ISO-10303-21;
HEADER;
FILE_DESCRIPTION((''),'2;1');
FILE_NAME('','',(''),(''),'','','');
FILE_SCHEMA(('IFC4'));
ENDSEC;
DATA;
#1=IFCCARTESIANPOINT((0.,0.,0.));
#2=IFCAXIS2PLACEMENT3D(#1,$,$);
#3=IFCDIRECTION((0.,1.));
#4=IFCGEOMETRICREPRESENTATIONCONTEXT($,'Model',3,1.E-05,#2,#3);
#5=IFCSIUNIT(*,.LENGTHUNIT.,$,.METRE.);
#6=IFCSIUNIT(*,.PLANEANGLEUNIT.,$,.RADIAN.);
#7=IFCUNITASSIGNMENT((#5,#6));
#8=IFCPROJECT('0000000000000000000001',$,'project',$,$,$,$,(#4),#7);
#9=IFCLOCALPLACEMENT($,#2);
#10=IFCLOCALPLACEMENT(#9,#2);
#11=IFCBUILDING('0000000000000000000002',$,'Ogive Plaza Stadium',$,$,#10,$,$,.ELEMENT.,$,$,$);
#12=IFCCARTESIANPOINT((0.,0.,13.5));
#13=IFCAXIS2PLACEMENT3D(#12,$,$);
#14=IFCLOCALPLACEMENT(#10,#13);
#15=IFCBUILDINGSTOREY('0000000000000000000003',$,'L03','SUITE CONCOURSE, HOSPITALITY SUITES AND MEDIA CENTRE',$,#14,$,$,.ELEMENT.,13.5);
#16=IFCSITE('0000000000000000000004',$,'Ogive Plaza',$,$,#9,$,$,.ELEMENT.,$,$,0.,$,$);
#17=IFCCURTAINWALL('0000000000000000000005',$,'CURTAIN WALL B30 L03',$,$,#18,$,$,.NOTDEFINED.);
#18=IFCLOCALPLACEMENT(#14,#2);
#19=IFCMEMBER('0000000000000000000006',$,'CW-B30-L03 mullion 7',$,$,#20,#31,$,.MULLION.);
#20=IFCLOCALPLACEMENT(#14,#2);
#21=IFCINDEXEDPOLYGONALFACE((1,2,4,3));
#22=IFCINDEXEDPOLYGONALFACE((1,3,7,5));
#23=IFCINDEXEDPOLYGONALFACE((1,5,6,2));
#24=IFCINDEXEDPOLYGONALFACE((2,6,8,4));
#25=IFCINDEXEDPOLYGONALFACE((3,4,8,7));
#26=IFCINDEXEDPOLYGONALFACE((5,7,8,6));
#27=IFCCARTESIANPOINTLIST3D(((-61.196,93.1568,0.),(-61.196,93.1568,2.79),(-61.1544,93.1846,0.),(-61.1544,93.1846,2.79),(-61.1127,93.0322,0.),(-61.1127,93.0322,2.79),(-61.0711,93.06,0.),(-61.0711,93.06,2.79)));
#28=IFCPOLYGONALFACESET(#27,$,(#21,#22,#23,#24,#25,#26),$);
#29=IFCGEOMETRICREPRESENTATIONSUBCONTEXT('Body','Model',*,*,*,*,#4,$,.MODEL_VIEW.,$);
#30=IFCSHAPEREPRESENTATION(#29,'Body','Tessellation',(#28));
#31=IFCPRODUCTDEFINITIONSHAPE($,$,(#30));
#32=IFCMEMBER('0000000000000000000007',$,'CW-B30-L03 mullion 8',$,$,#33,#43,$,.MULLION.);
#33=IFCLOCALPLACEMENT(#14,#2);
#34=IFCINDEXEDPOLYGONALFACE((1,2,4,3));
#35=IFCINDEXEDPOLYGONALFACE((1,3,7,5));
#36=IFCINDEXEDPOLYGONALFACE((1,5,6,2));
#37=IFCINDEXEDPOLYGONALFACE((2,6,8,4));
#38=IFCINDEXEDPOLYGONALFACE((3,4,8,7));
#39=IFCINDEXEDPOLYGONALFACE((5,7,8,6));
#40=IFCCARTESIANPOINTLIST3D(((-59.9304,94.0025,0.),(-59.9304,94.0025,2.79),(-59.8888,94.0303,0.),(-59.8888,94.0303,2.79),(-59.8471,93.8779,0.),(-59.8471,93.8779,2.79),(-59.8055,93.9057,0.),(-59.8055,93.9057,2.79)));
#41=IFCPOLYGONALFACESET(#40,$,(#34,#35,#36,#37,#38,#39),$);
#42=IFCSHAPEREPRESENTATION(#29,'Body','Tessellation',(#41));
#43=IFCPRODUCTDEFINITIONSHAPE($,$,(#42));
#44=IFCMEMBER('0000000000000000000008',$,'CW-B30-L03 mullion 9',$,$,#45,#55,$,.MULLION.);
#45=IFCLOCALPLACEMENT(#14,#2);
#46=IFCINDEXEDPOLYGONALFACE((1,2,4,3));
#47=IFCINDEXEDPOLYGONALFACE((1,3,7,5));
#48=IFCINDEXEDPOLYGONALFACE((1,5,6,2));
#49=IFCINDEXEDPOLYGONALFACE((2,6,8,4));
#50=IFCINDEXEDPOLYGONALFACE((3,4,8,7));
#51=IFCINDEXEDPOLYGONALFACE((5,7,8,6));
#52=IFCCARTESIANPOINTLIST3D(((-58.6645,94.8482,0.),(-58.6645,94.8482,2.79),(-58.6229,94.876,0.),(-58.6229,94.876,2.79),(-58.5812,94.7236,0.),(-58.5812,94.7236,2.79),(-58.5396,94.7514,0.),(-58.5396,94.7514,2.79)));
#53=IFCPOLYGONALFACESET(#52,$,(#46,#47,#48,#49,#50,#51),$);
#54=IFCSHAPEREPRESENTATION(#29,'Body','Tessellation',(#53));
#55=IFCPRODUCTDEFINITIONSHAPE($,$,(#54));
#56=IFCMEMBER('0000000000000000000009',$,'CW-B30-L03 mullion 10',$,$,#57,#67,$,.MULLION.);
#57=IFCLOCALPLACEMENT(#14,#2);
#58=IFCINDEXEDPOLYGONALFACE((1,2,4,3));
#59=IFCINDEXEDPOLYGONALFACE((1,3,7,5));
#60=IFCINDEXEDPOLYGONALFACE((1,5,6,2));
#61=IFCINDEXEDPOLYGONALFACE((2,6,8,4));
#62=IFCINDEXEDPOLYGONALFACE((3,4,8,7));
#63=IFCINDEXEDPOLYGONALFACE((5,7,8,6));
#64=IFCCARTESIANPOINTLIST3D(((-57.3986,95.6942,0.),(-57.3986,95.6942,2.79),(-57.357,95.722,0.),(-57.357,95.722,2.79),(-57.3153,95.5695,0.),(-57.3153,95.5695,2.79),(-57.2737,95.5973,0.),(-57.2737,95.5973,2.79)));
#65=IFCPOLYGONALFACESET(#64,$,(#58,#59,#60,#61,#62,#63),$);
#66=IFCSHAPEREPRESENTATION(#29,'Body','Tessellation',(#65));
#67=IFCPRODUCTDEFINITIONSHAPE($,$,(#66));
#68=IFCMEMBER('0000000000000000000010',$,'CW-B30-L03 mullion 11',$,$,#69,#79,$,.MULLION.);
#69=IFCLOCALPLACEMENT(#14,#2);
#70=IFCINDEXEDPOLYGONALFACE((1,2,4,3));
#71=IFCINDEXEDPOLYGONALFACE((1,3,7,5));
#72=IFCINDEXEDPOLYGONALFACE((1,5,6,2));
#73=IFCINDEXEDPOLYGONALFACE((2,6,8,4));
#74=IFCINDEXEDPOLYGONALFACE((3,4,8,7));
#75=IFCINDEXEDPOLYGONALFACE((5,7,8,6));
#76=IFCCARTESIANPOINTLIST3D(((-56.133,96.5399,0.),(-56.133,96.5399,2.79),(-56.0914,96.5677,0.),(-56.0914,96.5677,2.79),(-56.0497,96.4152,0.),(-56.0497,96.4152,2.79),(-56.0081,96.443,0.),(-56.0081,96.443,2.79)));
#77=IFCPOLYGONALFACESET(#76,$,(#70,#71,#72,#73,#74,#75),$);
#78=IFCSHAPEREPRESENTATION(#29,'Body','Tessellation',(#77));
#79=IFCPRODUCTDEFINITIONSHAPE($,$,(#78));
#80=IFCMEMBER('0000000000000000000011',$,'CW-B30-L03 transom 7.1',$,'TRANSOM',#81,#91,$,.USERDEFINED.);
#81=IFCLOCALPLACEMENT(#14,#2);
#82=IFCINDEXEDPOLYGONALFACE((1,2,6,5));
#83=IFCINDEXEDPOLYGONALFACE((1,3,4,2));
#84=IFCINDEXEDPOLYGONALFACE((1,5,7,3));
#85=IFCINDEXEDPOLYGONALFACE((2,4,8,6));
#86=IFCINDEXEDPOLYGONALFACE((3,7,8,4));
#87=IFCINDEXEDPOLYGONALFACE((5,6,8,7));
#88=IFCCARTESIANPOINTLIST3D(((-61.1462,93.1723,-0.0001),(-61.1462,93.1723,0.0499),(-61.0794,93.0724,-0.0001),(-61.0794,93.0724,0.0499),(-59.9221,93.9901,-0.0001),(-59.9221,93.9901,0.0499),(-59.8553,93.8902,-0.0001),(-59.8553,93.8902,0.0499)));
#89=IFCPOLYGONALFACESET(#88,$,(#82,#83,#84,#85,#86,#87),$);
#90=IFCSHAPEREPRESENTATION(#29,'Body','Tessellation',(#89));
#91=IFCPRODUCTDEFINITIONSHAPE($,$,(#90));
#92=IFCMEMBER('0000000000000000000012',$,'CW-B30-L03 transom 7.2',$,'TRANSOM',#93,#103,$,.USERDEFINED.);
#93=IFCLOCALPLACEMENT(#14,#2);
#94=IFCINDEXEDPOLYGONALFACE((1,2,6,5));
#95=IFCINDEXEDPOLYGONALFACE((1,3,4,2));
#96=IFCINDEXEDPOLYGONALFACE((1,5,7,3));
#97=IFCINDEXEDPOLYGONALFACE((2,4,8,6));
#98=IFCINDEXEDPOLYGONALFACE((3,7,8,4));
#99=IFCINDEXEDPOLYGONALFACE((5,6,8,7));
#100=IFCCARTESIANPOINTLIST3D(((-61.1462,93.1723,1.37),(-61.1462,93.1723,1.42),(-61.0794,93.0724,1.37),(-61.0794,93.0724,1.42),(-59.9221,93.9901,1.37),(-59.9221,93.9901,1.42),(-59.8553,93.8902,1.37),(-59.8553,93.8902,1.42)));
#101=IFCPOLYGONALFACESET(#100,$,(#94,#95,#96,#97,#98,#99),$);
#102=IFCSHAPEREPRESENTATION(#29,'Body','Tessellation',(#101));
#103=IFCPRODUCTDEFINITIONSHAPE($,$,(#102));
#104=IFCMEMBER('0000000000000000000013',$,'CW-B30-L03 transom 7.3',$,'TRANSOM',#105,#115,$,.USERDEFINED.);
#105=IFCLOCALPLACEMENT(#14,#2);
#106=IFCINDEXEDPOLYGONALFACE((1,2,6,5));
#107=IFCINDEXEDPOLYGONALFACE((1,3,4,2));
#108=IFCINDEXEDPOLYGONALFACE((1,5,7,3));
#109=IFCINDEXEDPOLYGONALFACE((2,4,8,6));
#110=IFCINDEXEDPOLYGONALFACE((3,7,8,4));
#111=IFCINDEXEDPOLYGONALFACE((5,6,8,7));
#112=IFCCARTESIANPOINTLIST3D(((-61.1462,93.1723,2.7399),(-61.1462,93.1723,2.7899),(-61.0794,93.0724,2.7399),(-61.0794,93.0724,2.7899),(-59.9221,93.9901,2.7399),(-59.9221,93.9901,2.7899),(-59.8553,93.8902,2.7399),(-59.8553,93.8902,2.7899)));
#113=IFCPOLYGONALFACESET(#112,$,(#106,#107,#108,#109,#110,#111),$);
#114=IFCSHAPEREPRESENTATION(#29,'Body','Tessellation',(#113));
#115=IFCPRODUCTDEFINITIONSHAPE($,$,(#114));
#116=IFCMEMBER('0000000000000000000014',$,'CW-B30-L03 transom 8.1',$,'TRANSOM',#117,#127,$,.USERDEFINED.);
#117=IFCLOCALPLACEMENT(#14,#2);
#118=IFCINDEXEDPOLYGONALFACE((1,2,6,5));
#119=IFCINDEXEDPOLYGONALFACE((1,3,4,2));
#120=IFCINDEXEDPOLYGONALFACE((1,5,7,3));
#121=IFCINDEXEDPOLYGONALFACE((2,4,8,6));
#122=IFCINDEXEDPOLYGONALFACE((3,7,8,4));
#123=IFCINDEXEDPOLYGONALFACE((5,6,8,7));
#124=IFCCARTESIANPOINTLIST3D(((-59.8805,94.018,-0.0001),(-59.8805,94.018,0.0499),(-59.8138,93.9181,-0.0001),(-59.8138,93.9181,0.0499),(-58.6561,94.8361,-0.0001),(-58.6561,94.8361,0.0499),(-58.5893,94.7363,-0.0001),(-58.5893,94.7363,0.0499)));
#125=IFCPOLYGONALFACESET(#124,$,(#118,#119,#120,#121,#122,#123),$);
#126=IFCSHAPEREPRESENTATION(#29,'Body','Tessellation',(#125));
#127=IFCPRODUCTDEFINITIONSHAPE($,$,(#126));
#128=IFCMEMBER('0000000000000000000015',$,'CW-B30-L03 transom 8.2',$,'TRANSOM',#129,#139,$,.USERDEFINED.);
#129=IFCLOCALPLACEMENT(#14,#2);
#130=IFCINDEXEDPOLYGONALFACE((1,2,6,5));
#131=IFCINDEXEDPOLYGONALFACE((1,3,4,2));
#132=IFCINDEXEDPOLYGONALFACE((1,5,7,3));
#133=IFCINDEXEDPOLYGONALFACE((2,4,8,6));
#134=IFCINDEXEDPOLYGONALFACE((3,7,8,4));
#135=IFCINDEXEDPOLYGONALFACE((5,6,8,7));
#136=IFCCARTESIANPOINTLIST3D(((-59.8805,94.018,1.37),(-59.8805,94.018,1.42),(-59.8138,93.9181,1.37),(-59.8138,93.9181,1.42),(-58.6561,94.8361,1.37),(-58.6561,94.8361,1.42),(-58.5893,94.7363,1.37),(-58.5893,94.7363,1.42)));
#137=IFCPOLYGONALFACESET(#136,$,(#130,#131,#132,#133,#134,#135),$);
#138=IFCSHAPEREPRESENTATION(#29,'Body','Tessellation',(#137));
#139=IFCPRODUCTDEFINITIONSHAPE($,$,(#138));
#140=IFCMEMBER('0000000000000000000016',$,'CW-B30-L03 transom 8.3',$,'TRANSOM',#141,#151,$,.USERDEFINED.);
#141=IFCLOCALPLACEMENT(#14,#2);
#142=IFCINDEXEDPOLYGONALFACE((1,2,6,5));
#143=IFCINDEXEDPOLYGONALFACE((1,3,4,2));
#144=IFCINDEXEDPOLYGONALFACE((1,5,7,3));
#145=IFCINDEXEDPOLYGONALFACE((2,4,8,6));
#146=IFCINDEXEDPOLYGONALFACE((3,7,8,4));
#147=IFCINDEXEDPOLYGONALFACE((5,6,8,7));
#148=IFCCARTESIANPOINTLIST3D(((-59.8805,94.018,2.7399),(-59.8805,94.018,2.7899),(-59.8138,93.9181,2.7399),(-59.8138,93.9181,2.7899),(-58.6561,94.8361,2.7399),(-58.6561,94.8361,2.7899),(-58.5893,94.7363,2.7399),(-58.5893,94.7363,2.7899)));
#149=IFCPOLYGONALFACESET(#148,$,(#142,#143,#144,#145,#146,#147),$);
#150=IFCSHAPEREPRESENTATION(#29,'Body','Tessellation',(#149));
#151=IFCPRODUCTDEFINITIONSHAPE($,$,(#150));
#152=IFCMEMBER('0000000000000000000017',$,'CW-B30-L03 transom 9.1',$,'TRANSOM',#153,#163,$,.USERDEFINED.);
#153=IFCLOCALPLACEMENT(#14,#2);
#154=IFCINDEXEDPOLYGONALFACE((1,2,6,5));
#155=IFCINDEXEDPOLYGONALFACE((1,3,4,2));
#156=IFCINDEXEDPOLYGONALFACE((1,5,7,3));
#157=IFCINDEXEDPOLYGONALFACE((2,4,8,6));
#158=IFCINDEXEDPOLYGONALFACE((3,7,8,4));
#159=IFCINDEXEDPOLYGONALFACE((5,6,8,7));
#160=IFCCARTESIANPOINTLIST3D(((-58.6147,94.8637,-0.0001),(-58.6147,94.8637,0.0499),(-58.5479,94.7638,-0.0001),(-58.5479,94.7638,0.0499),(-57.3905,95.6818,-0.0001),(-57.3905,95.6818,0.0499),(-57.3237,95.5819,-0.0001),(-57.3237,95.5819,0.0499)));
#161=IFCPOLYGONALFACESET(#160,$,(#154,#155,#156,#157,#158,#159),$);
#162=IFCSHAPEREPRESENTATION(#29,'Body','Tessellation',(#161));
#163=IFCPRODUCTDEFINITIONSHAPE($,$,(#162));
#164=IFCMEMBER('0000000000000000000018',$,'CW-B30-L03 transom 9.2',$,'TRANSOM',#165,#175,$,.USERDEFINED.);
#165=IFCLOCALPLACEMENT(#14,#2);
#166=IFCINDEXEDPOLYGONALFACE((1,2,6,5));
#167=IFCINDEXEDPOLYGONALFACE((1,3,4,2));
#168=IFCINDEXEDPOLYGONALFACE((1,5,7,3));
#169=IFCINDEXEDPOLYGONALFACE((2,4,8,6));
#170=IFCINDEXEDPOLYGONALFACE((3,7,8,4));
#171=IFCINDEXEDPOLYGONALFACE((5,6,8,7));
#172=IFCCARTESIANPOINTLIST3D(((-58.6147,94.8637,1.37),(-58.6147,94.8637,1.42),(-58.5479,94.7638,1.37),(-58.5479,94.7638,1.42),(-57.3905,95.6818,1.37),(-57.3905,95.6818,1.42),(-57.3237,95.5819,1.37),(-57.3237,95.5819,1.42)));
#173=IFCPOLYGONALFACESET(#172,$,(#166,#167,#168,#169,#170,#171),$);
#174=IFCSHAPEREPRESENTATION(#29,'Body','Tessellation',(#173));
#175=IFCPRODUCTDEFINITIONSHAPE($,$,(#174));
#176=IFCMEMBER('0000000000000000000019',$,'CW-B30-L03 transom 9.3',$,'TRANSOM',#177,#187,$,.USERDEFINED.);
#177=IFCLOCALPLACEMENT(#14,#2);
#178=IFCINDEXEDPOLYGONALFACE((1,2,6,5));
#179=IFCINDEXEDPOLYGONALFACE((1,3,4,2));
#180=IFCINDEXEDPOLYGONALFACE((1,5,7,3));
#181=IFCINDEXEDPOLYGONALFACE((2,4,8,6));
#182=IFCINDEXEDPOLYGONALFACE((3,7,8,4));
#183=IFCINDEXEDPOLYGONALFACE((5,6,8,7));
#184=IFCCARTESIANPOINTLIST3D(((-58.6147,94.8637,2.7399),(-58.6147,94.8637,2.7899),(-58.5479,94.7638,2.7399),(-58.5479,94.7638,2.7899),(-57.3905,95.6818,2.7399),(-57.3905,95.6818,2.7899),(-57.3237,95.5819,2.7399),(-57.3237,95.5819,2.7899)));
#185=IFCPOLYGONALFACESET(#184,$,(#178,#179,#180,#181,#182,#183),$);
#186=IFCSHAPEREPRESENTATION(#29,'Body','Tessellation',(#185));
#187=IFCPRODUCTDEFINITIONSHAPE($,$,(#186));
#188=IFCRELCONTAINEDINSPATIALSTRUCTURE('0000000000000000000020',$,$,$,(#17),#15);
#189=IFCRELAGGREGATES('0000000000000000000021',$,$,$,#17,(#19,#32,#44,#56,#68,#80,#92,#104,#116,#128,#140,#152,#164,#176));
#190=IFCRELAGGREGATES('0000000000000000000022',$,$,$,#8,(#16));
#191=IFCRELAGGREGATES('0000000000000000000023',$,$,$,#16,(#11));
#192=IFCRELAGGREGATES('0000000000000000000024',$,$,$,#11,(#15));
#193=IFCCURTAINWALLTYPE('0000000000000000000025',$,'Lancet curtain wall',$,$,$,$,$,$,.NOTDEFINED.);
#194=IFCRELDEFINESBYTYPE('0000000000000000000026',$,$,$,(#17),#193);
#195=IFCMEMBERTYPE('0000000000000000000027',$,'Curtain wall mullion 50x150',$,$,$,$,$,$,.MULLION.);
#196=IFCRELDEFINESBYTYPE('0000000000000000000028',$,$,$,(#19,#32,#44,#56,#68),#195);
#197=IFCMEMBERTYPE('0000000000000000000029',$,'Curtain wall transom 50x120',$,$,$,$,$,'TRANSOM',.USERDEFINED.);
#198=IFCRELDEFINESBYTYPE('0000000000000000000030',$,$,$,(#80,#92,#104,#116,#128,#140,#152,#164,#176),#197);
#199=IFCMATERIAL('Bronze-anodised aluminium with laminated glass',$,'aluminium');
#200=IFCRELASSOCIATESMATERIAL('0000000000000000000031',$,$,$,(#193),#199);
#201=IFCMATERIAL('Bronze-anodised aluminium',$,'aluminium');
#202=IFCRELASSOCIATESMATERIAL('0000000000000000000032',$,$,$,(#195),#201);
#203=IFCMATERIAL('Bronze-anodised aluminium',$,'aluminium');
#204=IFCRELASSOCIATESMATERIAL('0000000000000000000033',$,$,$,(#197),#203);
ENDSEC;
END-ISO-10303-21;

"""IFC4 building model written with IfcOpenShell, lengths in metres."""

from ifc_helpers import new_model, si_unit, direction, frame, origin, origin_2d, place, context, subcontext, project, spatial, rectangle, extrude, material, material_profile, profile_set, type_object, element, aggregate, save


model = new_model("IFC4")

# Units and contexts
model_context = context("Model", 3, precision=1e-05, world=origin(), true_north=direction((0.0, 1.0)))
body_context = subcontext(model_context, "Body", "Model", "MODEL_VIEW")
ifc_project = project(units=[si_unit("LENGTHUNIT", "METRE"), si_unit("PLANEANGLEUNIT", "RADIAN")], contexts=[model_context])

# Site, building, storey
site_placement = place(None, origin())
site = spatial("IfcSite", under=ifc_project, at=site_placement, Name="Ogive Plaza", CompositionType="ELEMENT", RefElevation=0.0)
building_placement = place(site_placement, origin())
building = spatial("IfcBuilding", under=site, at=building_placement, Name="Ogive Plaza Stadium", CompositionType="ELEMENT")
storey_placement = place(building_placement, frame((0.0, 0.0, 13.5)))
storey = spatial("IfcBuildingStorey", under=building, at=storey_placement, Name="L03", Description="SUITE CONCOURSE, HOSPITALITY SUITES AND MEDIA CENTRE", CompositionType="ELEMENT", Elevation=13.5)

# Curtain wall, members
ifc_material_1 = material(Name="Bronze-anodised aluminium with laminated glass", Category="aluminium")
curtain_wall_type = type_object("IfcCurtainWallType", Name="Lancet curtain wall", PredefinedType="NOTDEFINED", material=ifc_material_1)
curtain_wall_placement = place(storey_placement, origin())
curtain_wall = element("IfcCurtainWall", 1, at=curtain_wall_placement, inside=storey, type_object=curtain_wall_type, Name="CURTAIN WALL B30 L03", PredefinedType="NOTDEFINED")
ifc_material_2 = material(Name="Bronze-anodised aluminium", Category="aluminium")
ifc_material_profile_1 = material_profile(ifc_material_2, rectangle(XDim=0.1499, YDim=0.05, at=origin_2d()), Name="AL 150x50")
ifc_profile_set_1 = profile_set([ifc_material_profile_1], Name="Bronze-anodised aluminium")
member_type_1 = type_object("IfcMemberType", Name="Curtain wall mullion 50x150", PredefinedType="MULLION", material=ifc_profile_set_1)
member_1_placement = place(storey_placement, frame((-61.1335, 93.1084, 0.0), z_axis=(0.0, 0.0, 1.0), x_axis=(-0.55557, 0.83147, 0.0)))
member_1 = element("IfcMember", 2, at=member_1_placement, type_object=member_type_1, Name="CW-B30-L03 mullion 7", PredefinedType="MULLION", context=body_context, shape_type="SweptSolid", body=[
    extrude(rectangle(XDim=0.1499, YDim=0.05, at=origin_2d()), origin(), (0.0, 0.0, 1.0), 2.79),
])
member_2_placement = place(storey_placement, frame((-59.8679, 93.9541, 0.0), z_axis=(0.0, 0.0, 1.0), x_axis=(-0.55557, 0.83147, 0.0)))
member_2 = element("IfcMember", 3, at=member_2_placement, type_object=member_type_1, Name="CW-B30-L03 mullion 8", PredefinedType="MULLION", context=body_context, shape_type="SweptSolid", body=[
    extrude(rectangle(XDim=0.1499, YDim=0.05, at=origin_2d()), origin(), (0.0, 0.0, 1.0), 2.79),
])
member_3_placement = place(storey_placement, frame((-58.6021, 94.7998, 0.0), z_axis=(0.0, 0.0, 1.0), x_axis=(-0.55557, 0.83147, 0.0)))
member_3 = element("IfcMember", 4, at=member_3_placement, type_object=member_type_1, Name="CW-B30-L03 mullion 9", PredefinedType="MULLION", context=body_context, shape_type="SweptSolid", body=[
    extrude(rectangle(XDim=0.1499, YDim=0.05, at=origin_2d()), origin(), (0.0, 0.0, 1.0), 2.79),
])
member_4_placement = place(storey_placement, frame((-57.3362, 95.6458, 0.0), z_axis=(0.0, 0.0, 1.0), x_axis=(-0.55557, 0.83147, 0.0)))
member_4 = element("IfcMember", 5, at=member_4_placement, type_object=member_type_1, Name="CW-B30-L03 mullion 10", PredefinedType="MULLION", context=body_context, shape_type="SweptSolid", body=[
    extrude(rectangle(XDim=0.1499, YDim=0.05, at=origin_2d()), origin(), (0.0, 0.0, 1.0), 2.79),
])
member_5_placement = place(storey_placement, frame((-56.0706, 96.4915, 0.0), z_axis=(0.0, 0.0, 1.0), x_axis=(-0.55557, 0.83147, 0.0)))
member_5 = element("IfcMember", 6, at=member_5_placement, type_object=member_type_1, Name="CW-B30-L03 mullion 11", PredefinedType="MULLION", context=body_context, shape_type="SweptSolid", body=[
    extrude(rectangle(XDim=0.1499, YDim=0.05, at=origin_2d()), origin(), (0.0, 0.0, 1.0), 2.79),
])
ifc_material_3 = material(Name="Bronze-anodised aluminium", Category="aluminium")
ifc_material_profile_2 = material_profile(ifc_material_3, rectangle(XDim=0.1201, YDim=0.05, at=origin_2d()), Name="AL 120x50")
ifc_profile_set_2 = profile_set([ifc_material_profile_2], Name="Bronze-anodised aluminium")
member_type_2 = type_object("IfcMemberType", Name="Curtain wall transom 50x120", ElementType="TRANSOM", PredefinedType="USERDEFINED", material=ifc_profile_set_2)
member_6_placement = place(storey_placement, frame((-61.1128, 93.1223, 0.0249), z_axis=(0.831489, 0.555542, 0.0), x_axis=(-0.555542, 0.831489, 0.0)))
member_6 = element("IfcMember", 7, at=member_6_placement, type_object=member_type_2, Name="CW-B30-L03 transom 7.1", ObjectType="TRANSOM", PredefinedType="USERDEFINED", context=body_context, shape_type="SweptSolid", body=[
    extrude(rectangle(XDim=0.1201, YDim=0.05, at=origin_2d()), origin(), (0.0, 0.0, 1.0), 1.4722),
])
member_7_placement = place(storey_placement, frame((-61.1128, 93.1223, 1.395), z_axis=(0.831489, 0.555542, 0.0), x_axis=(-0.555542, 0.831489, 0.0)))
member_7 = element("IfcMember", 8, at=member_7_placement, type_object=member_type_2, Name="CW-B30-L03 transom 7.2", ObjectType="TRANSOM", PredefinedType="USERDEFINED", context=body_context, shape_type="SweptSolid", body=[
    extrude(rectangle(XDim=0.1201, YDim=0.05, at=origin_2d()), origin(), (0.0, 0.0, 1.0), 1.4722),
])
member_8_placement = place(storey_placement, frame((-61.1128, 93.1223, 2.7649), z_axis=(0.831489, 0.555542, 0.0), x_axis=(-0.555542, 0.831489, 0.0)))
member_8 = element("IfcMember", 9, at=member_8_placement, type_object=member_type_2, Name="CW-B30-L03 transom 7.3", ObjectType="TRANSOM", PredefinedType="USERDEFINED", context=body_context, shape_type="SweptSolid", body=[
    extrude(rectangle(XDim=0.1201, YDim=0.05, at=origin_2d()), origin(), (0.0, 0.0, 1.0), 1.4722),
])
member_9_placement = place(storey_placement, frame((-59.8472, 93.968, 0.0249), z_axis=(0.831463, 0.55558, 0.0), x_axis=(-0.55558, 0.831463, 0.0)))
member_9 = element("IfcMember", 10, at=member_9_placement, type_object=member_type_2, Name="CW-B30-L03 transom 8.1", ObjectType="TRANSOM", PredefinedType="USERDEFINED", context=body_context, shape_type="SweptSolid", body=[
    extrude(rectangle(XDim=0.1201, YDim=0.05, at=origin_2d()), origin(), (0.0, 0.0, 1.0), 1.4727),
])
member_10_placement = place(storey_placement, frame((-59.8472, 93.968, 1.395), z_axis=(0.831463, 0.55558, 0.0), x_axis=(-0.55558, 0.831463, 0.0)))
member_10 = element("IfcMember", 11, at=member_10_placement, type_object=member_type_2, Name="CW-B30-L03 transom 8.2", ObjectType="TRANSOM", PredefinedType="USERDEFINED", context=body_context, shape_type="SweptSolid", body=[
    extrude(rectangle(XDim=0.1201, YDim=0.05, at=origin_2d()), origin(), (0.0, 0.0, 1.0), 1.4727),
])
member_11_placement = place(storey_placement, frame((-59.8472, 93.968, 2.7649), z_axis=(0.831463, 0.55558, 0.0), x_axis=(-0.55558, 0.831463, 0.0)))
member_11 = element("IfcMember", 12, at=member_11_placement, type_object=member_type_2, Name="CW-B30-L03 transom 8.3", ObjectType="TRANSOM", PredefinedType="USERDEFINED", context=body_context, shape_type="SweptSolid", body=[
    extrude(rectangle(XDim=0.1201, YDim=0.05, at=origin_2d()), origin(), (0.0, 0.0, 1.0), 1.4727),
])
member_12_placement = place(storey_placement, frame((-58.5813, 94.8137, 0.0249), z_axis=(0.831412, 0.555656, 0.0), x_axis=(-0.555656, 0.831412, 0.0)))
member_12 = element("IfcMember", 13, at=member_12_placement, type_object=member_type_2, Name="CW-B30-L03 transom 9.1", ObjectType="TRANSOM", PredefinedType="USERDEFINED", context=body_context, shape_type="SweptSolid", body=[
    extrude(rectangle(XDim=0.1201, YDim=0.05, at=origin_2d()), origin(), (0.0, 0.0, 1.0), 1.4724),
])
member_13_placement = place(storey_placement, frame((-58.5813, 94.8137, 1.395), z_axis=(0.831412, 0.555656, 0.0), x_axis=(-0.555656, 0.831412, 0.0)))
member_13 = element("IfcMember", 14, at=member_13_placement, type_object=member_type_2, Name="CW-B30-L03 transom 9.2", ObjectType="TRANSOM", PredefinedType="USERDEFINED", context=body_context, shape_type="SweptSolid", body=[
    extrude(rectangle(XDim=0.1201, YDim=0.05, at=origin_2d()), origin(), (0.0, 0.0, 1.0), 1.4724),
])
member_14_placement = place(storey_placement, frame((-58.5813, 94.8137, 2.7649), z_axis=(0.831412, 0.555656, 0.0), x_axis=(-0.555656, 0.831412, 0.0)))
member_14 = element("IfcMember", 15, at=member_14_placement, type_object=member_type_2, Name="CW-B30-L03 transom 9.3", ObjectType="TRANSOM", PredefinedType="USERDEFINED", context=body_context, shape_type="SweptSolid", body=[
    extrude(rectangle(XDim=0.1201, YDim=0.05, at=origin_2d()), origin(), (0.0, 0.0, 1.0), 1.4724),
])

aggregate(curtain_wall, [member_1, member_2, member_3, member_4, member_5, member_6, member_7, member_8, member_9, member_10, member_11, member_12, member_13, member_14])

save(model, "model.ifc")
